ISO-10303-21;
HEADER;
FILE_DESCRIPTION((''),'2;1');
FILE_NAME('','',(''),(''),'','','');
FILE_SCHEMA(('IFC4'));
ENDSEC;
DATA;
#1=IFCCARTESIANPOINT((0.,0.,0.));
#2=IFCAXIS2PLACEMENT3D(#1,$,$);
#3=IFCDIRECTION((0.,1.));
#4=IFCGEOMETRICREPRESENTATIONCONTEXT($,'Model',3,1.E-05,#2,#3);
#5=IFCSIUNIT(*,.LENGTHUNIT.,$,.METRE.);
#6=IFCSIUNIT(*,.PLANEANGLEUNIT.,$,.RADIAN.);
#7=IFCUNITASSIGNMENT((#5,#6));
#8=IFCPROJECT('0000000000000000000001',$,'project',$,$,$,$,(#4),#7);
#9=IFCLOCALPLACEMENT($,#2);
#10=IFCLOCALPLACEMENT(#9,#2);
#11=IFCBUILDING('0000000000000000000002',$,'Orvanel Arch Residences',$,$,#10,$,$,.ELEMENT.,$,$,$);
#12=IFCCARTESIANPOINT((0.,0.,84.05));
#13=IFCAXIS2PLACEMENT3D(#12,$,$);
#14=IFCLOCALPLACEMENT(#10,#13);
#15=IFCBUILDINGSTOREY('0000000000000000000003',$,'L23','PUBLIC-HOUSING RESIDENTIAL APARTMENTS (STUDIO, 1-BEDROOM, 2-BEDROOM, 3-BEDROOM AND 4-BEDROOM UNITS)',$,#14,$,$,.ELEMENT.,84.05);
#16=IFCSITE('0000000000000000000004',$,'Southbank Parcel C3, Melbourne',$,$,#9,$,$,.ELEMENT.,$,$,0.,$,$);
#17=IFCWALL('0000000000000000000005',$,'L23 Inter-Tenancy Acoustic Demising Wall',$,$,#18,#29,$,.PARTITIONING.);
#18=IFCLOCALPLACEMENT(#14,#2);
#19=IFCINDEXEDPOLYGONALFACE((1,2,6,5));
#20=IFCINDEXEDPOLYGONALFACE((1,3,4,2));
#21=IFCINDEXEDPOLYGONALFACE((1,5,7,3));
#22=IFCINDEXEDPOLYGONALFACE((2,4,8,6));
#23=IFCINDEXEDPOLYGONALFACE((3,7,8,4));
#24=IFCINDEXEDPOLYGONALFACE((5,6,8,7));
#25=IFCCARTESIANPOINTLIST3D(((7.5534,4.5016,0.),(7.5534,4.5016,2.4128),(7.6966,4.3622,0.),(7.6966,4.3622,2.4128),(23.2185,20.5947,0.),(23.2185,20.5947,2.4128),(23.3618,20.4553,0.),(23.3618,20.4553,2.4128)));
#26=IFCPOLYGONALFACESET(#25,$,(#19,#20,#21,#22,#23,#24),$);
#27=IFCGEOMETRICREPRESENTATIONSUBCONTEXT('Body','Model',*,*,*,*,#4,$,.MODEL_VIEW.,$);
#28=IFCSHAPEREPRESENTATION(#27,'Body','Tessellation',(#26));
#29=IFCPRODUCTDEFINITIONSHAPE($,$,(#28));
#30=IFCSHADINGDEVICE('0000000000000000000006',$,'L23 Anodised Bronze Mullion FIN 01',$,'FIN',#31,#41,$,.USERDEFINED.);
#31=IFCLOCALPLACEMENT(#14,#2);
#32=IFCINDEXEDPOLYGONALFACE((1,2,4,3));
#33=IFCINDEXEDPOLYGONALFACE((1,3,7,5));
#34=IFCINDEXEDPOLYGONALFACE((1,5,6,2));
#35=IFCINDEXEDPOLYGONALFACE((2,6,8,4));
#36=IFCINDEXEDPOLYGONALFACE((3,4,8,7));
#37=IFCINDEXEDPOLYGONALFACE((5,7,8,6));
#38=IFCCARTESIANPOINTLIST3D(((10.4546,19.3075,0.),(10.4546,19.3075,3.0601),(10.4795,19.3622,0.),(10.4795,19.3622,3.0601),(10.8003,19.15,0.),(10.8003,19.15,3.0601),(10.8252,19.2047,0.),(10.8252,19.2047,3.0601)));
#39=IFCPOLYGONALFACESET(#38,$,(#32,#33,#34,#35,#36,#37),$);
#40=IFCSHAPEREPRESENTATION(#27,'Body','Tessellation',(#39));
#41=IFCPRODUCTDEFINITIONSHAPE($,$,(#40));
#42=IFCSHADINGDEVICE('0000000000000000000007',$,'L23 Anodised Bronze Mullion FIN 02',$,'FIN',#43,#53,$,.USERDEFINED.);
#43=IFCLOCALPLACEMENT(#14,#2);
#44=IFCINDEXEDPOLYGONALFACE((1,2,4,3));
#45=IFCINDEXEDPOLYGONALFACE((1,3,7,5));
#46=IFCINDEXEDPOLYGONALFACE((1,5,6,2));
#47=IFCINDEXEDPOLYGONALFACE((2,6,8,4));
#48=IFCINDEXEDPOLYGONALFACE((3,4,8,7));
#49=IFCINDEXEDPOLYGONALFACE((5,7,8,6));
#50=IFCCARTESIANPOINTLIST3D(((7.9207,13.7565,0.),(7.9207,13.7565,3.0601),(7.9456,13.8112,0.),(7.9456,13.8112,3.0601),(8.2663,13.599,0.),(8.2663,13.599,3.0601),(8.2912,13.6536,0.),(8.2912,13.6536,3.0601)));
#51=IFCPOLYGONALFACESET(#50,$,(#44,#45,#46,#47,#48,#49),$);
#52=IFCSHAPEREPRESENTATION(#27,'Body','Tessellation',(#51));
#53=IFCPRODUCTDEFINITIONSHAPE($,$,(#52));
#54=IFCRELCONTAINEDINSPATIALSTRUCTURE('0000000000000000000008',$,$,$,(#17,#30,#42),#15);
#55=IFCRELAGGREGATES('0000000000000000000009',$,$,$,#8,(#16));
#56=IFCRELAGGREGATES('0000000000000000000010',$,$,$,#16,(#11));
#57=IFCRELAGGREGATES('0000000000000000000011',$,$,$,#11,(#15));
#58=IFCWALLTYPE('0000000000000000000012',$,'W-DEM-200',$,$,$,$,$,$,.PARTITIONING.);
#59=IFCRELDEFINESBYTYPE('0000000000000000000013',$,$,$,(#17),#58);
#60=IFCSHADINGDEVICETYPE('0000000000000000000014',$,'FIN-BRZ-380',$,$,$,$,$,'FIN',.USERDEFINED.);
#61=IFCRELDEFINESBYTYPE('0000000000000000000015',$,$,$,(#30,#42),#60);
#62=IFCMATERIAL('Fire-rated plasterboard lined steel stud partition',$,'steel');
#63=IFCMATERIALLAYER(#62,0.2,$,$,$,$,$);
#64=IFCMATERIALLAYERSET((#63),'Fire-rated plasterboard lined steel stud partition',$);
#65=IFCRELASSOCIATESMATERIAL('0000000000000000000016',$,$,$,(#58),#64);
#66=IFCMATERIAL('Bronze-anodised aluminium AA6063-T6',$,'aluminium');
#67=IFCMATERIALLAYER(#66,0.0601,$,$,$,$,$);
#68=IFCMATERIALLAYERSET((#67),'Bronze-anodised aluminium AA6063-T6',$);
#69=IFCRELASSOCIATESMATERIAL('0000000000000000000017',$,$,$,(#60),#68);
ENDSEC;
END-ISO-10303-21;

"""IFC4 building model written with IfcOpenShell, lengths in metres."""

from ifc_helpers import new_model, si_unit, direction, frame, frame_2d, origin, origin_2d, place, context, subcontext, project, spatial, rectangle, extrude, material, layer, layer_set, type_object, element, save


model = new_model("IFC4")

# Units and contexts
model_context = context("Model", 3, precision=1e-05, world=origin(), true_north=direction((0.0, 1.0)))
body_context = subcontext(model_context, "Body", "Model", "MODEL_VIEW")
ifc_project = project(units=[si_unit("LENGTHUNIT", "METRE"), si_unit("PLANEANGLEUNIT", "RADIAN")], contexts=[model_context])

# Site, building, storey
site_placement = place(None, origin())
site = spatial("IfcSite", under=ifc_project, at=site_placement, Name="Southbank Parcel C3, Melbourne", CompositionType="ELEMENT", RefElevation=0.0)
building_placement = place(site_placement, origin())
building = spatial("IfcBuilding", under=site, at=building_placement, Name="Orvanel Arch Residences", CompositionType="ELEMENT")
storey_placement = place(building_placement, frame((0.0, 0.0, 84.05)))
storey = spatial("IfcBuildingStorey", under=building, at=storey_placement, Name="L23", Description="PUBLIC-HOUSING RESIDENTIAL APARTMENTS (STUDIO, 1-BEDROOM, 2-BEDROOM, 3-BEDROOM AND 4-BEDROOM UNITS)", CompositionType="ELEMENT", Elevation=84.05)

# Shared definitions
ifc_material_1 = material(Name="Bronze-anodised aluminium AA6063-T6", Category="aluminium")

# Wall
ifc_material_2 = material(Name="Fire-rated plasterboard lined steel stud partition", Category="steel")
ifc_layer_1 = layer(ifc_material_2, 0.2)
ifc_layer_set_1 = layer_set([ifc_layer_1], Name="Fire-rated plasterboard lined steel stud partition")
wall_type = type_object("IfcWallType", Name="W-DEM-200", PredefinedType="PARTITIONING", material=ifc_layer_set_1)
wall_placement = place(storey_placement, frame((7.625, 4.4319, 0.0), z_axis=(0.0, 0.0, 1.0), x_axis=(0.697514, 0.716571, 0.0)))
element("IfcWall", 1, at=wall_placement, inside=storey, type_object=wall_type, Name="L23 Inter-Tenancy Acoustic Demising Wall", PredefinedType="PARTITIONING", context=body_context, shape_type="SweptSolid", body=[
    extrude(rectangle(XDim=22.4585, YDim=0.2, at=frame_2d((11.2292, 0.0))), origin(), (0.0, 0.0, 1.0), 2.4128),
])

# Shading devices
ifc_layer_2 = layer(ifc_material_1, 0.0601)
ifc_layer_set_2 = layer_set([ifc_layer_2], Name="Bronze-anodised aluminium AA6063-T6")
shading_device_type = type_object("IfcShadingDeviceType", Name="FIN-BRZ-380", ElementType="FIN", PredefinedType="USERDEFINED", material=ifc_layer_set_2)
for number, where, z_axis, x_axis, name in (
    (2, (10.6399, 19.2561, 0.0), (0.0, 0.0, 1.0), (-0.909961, 0.414693, 0.0), "L23 Anodised Bronze Mullion FIN 01"),
    (3, (8.106, 13.7051, 0.0), (0.0, 0.0, 1.0), (-0.909961, 0.414693, 0.0), "L23 Anodised Bronze Mullion FIN 02"),
):
    element("IfcShadingDevice", number, at=place(storey_placement, frame(where, z_axis=z_axis, x_axis=x_axis)), inside=storey, type_object=shading_device_type, Name=name, ObjectType="FIN", PredefinedType="USERDEFINED", context=body_context, shape_type="SweptSolid", body=[
        extrude(rectangle(XDim=0.3799, YDim=0.0601, at=origin_2d()), origin(), (0.0, 0.0, 1.0), 3.0601),
    ])

save(model, "model.ifc")
